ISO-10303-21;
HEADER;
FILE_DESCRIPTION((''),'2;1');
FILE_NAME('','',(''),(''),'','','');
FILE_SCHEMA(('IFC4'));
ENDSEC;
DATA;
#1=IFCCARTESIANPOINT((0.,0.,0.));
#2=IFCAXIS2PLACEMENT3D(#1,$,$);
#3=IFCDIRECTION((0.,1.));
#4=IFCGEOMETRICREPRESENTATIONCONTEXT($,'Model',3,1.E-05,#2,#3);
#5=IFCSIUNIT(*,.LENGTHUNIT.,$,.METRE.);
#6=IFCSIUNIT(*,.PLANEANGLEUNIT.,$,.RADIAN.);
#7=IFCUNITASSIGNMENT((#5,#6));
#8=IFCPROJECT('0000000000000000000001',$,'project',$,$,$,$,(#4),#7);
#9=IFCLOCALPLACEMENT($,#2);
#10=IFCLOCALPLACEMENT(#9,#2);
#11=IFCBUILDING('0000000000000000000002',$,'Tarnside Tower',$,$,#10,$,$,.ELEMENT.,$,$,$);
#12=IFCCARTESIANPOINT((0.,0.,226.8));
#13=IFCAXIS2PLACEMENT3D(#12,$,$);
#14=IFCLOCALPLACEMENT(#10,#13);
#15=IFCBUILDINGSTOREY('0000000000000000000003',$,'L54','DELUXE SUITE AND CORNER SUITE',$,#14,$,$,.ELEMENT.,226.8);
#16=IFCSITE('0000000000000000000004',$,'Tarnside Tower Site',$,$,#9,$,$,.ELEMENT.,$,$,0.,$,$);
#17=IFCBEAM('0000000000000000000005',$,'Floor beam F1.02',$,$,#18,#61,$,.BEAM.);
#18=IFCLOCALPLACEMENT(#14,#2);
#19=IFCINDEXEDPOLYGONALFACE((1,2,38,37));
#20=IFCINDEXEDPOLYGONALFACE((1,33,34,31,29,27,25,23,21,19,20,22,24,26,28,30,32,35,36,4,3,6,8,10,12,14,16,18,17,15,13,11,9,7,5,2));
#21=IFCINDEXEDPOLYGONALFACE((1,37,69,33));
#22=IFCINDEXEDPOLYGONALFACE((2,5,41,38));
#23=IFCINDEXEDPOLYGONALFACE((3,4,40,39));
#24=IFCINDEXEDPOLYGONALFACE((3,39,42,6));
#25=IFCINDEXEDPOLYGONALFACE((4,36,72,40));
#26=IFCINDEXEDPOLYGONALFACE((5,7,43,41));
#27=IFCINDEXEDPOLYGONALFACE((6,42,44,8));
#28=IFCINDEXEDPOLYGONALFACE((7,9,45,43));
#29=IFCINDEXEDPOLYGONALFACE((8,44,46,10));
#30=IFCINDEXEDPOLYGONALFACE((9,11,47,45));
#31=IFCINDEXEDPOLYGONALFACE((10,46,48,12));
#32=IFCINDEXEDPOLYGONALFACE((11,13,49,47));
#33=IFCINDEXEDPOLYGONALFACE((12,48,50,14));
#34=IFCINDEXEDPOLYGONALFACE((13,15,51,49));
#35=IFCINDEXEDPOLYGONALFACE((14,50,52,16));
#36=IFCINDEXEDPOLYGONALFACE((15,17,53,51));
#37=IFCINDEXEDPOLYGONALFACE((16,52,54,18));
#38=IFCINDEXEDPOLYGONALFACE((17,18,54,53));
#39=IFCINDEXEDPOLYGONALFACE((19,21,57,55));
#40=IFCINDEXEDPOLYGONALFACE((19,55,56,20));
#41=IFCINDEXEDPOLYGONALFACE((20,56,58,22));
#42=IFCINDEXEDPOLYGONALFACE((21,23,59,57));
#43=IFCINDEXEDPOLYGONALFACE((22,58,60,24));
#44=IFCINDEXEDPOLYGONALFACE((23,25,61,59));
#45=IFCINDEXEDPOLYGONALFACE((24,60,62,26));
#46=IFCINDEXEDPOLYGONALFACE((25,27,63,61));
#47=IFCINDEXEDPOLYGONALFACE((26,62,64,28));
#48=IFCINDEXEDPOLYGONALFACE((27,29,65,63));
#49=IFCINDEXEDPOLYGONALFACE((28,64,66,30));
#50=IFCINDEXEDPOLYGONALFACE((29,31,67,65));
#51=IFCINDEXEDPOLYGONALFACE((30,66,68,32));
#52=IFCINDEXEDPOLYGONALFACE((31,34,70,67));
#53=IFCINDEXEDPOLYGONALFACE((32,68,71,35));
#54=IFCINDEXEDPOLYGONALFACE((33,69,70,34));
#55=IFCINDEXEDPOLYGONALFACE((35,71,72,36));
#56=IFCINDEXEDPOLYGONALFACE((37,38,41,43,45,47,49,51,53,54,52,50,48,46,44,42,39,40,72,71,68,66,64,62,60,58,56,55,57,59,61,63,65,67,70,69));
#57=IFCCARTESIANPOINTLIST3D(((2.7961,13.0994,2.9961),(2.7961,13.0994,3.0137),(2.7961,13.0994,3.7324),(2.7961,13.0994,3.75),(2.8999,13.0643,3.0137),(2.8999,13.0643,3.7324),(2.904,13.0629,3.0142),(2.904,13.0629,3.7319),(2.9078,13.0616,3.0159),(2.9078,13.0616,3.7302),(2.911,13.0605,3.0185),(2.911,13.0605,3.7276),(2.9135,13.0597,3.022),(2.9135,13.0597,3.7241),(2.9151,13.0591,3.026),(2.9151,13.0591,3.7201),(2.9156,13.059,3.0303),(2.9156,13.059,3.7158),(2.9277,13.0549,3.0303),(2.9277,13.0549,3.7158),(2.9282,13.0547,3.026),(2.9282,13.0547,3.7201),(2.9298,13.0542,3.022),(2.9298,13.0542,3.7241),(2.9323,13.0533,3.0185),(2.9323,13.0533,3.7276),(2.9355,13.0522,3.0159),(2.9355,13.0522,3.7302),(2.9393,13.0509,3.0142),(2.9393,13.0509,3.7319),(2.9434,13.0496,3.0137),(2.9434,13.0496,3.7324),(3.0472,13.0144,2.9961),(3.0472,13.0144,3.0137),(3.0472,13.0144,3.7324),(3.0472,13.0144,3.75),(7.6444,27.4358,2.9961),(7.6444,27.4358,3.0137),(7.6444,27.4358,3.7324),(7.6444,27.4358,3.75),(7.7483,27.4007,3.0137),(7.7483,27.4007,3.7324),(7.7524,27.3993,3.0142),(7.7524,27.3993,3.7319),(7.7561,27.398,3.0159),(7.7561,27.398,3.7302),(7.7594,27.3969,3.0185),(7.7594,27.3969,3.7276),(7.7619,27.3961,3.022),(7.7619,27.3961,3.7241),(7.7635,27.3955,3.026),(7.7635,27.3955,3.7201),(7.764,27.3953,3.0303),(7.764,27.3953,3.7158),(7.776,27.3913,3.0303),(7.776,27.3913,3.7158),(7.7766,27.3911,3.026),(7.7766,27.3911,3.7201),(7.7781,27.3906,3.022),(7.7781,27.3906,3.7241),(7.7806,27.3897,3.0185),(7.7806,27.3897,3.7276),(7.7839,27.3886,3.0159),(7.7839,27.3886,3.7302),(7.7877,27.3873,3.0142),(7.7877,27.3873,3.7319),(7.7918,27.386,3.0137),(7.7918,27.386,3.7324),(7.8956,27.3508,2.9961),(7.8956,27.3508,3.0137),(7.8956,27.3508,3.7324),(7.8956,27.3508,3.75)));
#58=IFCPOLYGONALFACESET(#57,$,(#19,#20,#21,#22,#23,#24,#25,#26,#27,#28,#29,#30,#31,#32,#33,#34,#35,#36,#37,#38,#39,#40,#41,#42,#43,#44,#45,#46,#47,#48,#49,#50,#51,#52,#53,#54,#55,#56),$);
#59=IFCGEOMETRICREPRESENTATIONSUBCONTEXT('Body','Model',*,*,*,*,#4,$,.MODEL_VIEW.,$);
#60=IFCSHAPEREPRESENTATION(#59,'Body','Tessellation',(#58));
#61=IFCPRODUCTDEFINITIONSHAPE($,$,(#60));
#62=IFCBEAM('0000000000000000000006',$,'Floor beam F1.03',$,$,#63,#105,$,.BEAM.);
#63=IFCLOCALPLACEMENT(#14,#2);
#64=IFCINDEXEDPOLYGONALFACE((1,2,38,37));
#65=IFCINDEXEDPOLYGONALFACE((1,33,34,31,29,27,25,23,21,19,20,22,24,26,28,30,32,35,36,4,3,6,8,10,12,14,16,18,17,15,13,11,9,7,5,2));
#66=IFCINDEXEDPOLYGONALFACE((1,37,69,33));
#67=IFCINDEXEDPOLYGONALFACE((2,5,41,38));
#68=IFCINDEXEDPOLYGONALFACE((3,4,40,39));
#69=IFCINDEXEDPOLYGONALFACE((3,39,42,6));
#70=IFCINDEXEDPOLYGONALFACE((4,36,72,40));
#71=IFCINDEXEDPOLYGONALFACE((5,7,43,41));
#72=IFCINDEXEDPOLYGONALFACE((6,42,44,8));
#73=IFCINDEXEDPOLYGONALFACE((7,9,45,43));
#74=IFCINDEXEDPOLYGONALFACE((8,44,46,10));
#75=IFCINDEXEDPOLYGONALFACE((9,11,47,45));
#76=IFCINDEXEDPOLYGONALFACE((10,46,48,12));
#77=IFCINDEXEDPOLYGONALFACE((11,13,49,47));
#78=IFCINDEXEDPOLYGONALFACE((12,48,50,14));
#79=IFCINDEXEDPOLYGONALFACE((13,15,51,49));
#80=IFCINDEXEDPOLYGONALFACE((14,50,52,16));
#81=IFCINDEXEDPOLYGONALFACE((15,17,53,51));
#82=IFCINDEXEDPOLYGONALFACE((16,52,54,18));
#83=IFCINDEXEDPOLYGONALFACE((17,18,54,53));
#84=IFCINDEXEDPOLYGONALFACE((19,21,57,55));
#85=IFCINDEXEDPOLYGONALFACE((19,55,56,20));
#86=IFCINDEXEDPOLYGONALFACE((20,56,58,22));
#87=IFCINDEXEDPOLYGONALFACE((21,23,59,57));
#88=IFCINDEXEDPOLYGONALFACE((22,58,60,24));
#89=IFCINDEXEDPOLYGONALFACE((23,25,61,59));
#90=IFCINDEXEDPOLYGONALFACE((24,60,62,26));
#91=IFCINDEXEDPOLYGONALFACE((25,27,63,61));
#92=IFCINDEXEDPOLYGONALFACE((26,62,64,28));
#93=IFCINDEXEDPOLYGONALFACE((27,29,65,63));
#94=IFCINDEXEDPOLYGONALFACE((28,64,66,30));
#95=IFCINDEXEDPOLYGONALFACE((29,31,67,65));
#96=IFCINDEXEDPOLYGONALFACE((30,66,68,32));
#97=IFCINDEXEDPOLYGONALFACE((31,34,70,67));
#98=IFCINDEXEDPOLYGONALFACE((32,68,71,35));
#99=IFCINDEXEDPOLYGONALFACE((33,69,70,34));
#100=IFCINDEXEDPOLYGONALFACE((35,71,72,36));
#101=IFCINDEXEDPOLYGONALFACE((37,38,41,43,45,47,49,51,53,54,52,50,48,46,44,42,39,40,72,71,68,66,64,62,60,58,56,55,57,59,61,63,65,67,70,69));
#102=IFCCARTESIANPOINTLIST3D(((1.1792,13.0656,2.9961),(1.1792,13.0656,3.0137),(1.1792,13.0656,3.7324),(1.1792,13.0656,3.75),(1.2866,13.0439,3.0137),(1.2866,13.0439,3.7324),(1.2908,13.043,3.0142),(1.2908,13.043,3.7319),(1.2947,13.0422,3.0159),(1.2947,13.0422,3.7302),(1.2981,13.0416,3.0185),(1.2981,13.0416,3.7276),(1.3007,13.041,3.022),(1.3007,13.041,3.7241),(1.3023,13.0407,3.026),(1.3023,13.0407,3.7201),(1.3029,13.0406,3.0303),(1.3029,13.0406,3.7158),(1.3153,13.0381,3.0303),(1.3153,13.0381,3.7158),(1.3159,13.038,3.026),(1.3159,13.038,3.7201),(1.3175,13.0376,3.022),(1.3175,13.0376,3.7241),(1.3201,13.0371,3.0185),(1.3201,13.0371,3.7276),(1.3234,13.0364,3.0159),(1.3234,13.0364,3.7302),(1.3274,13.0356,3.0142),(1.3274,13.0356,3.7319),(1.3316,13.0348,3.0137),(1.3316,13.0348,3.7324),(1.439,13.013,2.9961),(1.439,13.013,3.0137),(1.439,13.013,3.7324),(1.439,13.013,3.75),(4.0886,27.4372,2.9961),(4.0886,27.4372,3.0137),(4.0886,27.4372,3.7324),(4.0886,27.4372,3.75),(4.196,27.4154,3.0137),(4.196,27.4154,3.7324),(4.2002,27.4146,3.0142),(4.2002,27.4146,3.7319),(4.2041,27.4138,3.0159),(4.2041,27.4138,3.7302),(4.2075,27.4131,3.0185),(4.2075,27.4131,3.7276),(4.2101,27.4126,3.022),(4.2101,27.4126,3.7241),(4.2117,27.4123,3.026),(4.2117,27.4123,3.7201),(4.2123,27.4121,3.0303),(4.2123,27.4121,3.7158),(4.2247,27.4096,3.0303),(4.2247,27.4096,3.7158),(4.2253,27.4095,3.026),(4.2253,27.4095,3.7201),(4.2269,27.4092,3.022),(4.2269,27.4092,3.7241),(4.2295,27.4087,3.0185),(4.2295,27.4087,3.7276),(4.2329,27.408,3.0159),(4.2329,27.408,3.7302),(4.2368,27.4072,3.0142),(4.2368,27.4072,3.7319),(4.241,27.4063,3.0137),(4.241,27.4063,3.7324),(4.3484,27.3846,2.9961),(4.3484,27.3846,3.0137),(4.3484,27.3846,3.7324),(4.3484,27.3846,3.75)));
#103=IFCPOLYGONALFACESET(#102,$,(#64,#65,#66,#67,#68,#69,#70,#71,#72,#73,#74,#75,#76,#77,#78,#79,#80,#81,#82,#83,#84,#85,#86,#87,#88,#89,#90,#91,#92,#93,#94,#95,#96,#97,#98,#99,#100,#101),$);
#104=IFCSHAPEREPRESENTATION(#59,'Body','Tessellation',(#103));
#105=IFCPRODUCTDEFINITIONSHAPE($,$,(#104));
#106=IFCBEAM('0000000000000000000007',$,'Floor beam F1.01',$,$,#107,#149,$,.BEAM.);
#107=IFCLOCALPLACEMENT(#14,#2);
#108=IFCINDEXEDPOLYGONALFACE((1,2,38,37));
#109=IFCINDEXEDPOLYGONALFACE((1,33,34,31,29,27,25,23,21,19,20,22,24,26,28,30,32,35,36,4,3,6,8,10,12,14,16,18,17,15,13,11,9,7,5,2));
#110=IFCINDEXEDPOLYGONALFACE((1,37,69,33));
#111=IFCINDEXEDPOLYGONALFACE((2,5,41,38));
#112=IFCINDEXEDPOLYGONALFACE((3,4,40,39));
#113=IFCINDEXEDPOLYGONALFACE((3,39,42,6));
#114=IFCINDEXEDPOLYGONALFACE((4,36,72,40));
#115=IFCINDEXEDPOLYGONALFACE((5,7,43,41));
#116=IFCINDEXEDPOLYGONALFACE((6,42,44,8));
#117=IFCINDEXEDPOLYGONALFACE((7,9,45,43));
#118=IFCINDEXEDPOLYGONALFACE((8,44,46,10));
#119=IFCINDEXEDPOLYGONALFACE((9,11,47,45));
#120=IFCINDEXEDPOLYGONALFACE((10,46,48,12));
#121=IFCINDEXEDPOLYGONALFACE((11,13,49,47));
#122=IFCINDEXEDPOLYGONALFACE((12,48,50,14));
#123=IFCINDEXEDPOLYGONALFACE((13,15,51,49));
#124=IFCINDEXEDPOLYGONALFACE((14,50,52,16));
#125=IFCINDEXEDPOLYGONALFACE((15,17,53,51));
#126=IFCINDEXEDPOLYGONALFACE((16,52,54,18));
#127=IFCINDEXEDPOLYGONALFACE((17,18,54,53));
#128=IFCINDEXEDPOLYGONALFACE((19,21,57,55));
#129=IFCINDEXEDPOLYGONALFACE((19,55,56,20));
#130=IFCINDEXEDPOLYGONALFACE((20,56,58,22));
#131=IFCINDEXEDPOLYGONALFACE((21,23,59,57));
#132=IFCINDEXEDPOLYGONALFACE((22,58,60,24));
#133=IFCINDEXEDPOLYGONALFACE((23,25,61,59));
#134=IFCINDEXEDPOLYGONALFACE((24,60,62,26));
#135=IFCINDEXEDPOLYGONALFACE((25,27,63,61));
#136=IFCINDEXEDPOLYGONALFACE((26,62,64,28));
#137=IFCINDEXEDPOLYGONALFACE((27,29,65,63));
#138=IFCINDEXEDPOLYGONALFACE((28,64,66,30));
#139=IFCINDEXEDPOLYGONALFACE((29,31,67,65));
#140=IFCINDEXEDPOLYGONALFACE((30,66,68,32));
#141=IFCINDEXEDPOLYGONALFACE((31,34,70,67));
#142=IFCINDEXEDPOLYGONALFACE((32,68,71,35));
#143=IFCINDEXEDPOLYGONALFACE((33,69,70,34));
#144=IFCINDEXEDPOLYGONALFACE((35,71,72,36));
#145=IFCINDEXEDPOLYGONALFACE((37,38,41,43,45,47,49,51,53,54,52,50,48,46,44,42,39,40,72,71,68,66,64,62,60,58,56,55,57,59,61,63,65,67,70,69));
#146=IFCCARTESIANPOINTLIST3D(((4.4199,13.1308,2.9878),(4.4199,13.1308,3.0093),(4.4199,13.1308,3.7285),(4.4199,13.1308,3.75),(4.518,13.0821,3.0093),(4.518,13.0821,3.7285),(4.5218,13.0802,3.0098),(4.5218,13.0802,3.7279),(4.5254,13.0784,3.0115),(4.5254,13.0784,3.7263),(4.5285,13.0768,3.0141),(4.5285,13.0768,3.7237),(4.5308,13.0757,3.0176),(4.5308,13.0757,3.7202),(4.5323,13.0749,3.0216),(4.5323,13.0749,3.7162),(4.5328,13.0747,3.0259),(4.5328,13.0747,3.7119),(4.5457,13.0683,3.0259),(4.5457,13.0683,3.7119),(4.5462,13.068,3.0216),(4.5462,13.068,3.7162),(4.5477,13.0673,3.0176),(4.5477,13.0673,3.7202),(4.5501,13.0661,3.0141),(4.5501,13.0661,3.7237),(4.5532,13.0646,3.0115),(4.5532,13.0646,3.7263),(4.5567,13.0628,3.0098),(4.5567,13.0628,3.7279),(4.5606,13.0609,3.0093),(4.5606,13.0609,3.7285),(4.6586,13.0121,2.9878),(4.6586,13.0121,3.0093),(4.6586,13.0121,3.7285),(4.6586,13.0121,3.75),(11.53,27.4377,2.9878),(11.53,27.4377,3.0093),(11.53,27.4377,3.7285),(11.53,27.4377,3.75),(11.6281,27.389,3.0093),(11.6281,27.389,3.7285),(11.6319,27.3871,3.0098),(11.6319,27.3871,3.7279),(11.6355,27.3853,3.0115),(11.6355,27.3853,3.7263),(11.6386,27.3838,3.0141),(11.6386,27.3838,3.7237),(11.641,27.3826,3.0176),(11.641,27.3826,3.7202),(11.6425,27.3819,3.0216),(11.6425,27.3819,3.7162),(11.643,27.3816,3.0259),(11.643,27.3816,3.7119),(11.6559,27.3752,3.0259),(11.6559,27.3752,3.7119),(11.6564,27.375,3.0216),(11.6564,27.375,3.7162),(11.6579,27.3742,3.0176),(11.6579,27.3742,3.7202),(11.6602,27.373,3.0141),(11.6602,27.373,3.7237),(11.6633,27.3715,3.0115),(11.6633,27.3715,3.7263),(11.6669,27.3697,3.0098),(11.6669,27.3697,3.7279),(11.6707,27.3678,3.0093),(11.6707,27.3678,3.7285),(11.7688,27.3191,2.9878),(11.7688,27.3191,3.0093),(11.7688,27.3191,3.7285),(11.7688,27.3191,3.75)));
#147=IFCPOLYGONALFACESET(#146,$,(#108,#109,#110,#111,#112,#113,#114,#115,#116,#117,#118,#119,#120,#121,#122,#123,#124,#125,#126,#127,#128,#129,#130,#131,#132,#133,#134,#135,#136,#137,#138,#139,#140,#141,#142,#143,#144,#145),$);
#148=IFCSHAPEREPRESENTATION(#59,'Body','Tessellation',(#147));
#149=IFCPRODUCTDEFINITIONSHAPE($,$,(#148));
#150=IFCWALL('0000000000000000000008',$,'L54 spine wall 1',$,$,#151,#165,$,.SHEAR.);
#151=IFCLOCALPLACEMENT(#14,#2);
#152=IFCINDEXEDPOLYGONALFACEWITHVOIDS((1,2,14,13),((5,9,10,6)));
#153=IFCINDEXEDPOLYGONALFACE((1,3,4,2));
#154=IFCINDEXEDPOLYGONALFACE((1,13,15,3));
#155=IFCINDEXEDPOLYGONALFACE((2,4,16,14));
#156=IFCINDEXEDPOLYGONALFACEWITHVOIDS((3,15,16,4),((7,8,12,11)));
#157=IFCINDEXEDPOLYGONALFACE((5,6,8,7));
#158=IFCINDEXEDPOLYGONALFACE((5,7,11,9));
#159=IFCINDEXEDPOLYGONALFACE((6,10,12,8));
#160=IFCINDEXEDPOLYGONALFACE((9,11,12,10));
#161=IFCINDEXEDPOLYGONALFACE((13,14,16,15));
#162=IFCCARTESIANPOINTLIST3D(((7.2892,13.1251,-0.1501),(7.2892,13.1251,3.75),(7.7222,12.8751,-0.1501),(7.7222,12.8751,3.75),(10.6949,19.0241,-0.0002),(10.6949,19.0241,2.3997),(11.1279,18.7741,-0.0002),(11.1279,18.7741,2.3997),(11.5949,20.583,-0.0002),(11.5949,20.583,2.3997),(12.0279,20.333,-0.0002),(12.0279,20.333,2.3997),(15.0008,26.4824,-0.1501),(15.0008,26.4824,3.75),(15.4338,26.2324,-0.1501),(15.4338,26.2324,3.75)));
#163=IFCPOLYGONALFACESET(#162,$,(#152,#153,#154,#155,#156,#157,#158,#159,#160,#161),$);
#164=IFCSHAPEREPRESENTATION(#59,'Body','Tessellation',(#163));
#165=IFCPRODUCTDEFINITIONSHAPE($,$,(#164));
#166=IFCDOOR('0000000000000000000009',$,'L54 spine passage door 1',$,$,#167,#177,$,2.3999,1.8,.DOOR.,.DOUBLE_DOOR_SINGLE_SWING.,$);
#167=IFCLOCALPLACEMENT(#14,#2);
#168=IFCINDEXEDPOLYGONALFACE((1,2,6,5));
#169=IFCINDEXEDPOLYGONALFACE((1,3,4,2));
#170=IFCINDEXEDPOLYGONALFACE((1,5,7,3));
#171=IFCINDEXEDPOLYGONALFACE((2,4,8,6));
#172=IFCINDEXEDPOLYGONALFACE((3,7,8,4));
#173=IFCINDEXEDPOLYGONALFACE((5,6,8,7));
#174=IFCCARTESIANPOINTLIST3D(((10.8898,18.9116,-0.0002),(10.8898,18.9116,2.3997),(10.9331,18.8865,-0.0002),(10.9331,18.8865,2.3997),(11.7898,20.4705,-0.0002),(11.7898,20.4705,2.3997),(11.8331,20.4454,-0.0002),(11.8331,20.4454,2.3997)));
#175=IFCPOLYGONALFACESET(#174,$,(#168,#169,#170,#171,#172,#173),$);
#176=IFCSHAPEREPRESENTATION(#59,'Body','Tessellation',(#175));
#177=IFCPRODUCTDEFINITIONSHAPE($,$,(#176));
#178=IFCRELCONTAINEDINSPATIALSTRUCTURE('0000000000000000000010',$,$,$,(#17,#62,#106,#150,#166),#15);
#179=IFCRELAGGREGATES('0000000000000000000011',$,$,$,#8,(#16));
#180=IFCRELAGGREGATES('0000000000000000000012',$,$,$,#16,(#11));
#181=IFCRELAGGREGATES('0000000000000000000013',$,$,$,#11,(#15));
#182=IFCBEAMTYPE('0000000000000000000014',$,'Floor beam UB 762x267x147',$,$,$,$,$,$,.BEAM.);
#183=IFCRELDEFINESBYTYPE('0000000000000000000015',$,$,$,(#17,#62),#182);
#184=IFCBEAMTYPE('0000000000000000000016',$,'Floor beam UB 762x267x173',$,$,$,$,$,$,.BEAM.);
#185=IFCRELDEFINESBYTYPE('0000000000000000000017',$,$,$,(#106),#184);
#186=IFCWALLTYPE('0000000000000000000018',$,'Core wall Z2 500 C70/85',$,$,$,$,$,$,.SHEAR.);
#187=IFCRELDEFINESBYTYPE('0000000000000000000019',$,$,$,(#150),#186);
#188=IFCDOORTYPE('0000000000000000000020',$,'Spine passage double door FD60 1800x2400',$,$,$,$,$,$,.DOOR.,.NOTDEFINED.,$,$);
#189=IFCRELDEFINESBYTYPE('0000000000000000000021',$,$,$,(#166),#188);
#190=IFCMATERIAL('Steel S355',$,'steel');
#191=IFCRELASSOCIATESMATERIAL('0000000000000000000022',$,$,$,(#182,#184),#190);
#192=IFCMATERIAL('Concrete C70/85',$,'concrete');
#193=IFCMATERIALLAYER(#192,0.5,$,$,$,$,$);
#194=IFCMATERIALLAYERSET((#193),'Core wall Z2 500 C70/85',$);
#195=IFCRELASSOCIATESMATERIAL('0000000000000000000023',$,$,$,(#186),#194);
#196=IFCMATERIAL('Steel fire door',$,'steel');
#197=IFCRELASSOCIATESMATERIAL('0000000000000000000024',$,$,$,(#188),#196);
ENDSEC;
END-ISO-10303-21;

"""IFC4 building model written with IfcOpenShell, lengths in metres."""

from ifc_helpers import new_model, si_unit, direction, frame, frame_2d, origin, origin_2d, place, context, subcontext, project, spatial, rectangle, i_section, extrude, material, layer, layer_set, material_profile, profile_set, type_object, element, fill, save


model = new_model("IFC4")

# Units and contexts
model_context = context("Model", 3, precision=1e-05, world=origin(), true_north=direction((0.0, 1.0)))
body_context = subcontext(model_context, "Body", "Model", "MODEL_VIEW")
ifc_project = project(units=[si_unit("LENGTHUNIT", "METRE"), si_unit("PLANEANGLEUNIT", "RADIAN")], contexts=[model_context])

# Site, building, storey
site_placement = place(None, origin())
site = spatial("IfcSite", under=ifc_project, at=site_placement, Name="Tarnside Tower Site", CompositionType="ELEMENT", RefElevation=0.0)
building_placement = place(site_placement, origin())
building = spatial("IfcBuilding", under=site, at=building_placement, Name="Tarnside Tower", CompositionType="ELEMENT")
storey_placement = place(building_placement, frame((0.0, 0.0, 226.8)))
storey = spatial("IfcBuildingStorey", under=building, at=storey_placement, Name="L54", Description="DELUXE SUITE AND CORNER SUITE", CompositionType="ELEMENT", Elevation=226.8)

# Beams
ifc_material_1 = material(Name="Steel S355", Category="steel")
ifc_material_profile_1 = material_profile(ifc_material_1, i_section(OverallWidth=0.2651, OverallDepth=0.7539, WebThickness=0.0127, FlangeThickness=0.0176, FilletRadius=0.0166, at=origin_2d()), Name="UB 762x267x147")
ifc_profile_set_1 = profile_set([ifc_material_profile_1], Name="Steel S355")
beam_type_1 = type_object("IfcBeamType", Name="Floor beam UB 762x267x147", PredefinedType="BEAM", material=ifc_profile_set_1)
beam_1_placement = place(storey_placement, frame((7.77, 27.3933, 3.373), z_axis=(-0.320363, -0.947295, 0.0), x_axis=(0.947295, -0.320363, 0.0)))
element("IfcBeam", 1, at=beam_1_placement, inside=storey, type_object=beam_type_1, Name="Floor beam F1.02", PredefinedType="BEAM", context=body_context, shape_type="SweptSolid", body=[
    extrude(i_section(OverallWidth=0.2651, OverallDepth=0.7539, WebThickness=0.0127, FlangeThickness=0.0176, FilletRadius=0.0166, at=origin_2d()), origin(), (0.0, 0.0, 1.0), 15.134),
])
beam_2_placement = place(storey_placement, frame((4.2185, 27.4109, 3.373), z_axis=(-0.198418, -0.980118, 0.0), x_axis=(0.980118, -0.198418, 0.0)))
element("IfcBeam", 2, at=beam_2_placement, inside=storey, type_object=beam_type_1, Name="Floor beam F1.03", PredefinedType="BEAM", context=body_context, shape_type="SweptSolid", body=[
    extrude(i_section(OverallWidth=0.2651, OverallDepth=0.7539, WebThickness=0.0127, FlangeThickness=0.0176, FilletRadius=0.0166, at=origin_2d()), origin(), (0.0, 0.0, 1.0), 14.6631),
])
ifc_material_profile_2 = material_profile(ifc_material_1, i_section(OverallWidth=0.2666, OverallDepth=0.7622, WebThickness=0.0144, FlangeThickness=0.0215, FilletRadius=0.0166, at=origin_2d()), Name="UB 762x267x173")
ifc_profile_set_2 = profile_set([ifc_material_profile_2], Name="Steel S355")
beam_type_2 = type_object("IfcBeamType", Name="Floor beam UB 762x267x173", PredefinedType="BEAM", material=ifc_profile_set_2)
beam_3_placement = place(storey_placement, frame((11.6494, 27.3784, 3.3689), z_axis=(-0.445042, -0.89551, 0.0), x_axis=(0.89551, -0.445042, 0.0)))
element("IfcBeam", 3, at=beam_3_placement, inside=storey, type_object=beam_type_2, Name="Floor beam F1.01", PredefinedType="BEAM", context=body_context, shape_type="SweptSolid", body=[
    extrude(i_section(OverallWidth=0.2666, OverallDepth=0.7622, WebThickness=0.0144, FlangeThickness=0.0215, FilletRadius=0.0166, at=origin_2d()), origin(), (0.0, 0.0, 1.0), 15.9763),
])

# Wall, opening, door
ifc_material_2 = material(Name="Concrete C70/85", Category="concrete")
ifc_layer_1 = layer(ifc_material_2, 0.5)
ifc_layer_set_1 = layer_set([ifc_layer_1], Name="Core wall Z2 500 C70/85")
wall_type_1 = type_object("IfcWallType", Name="Core wall Z2 500 C70/85", PredefinedType="SHEAR", material=ifc_layer_set_1)
wall_1_placement = place(storey_placement, frame((7.5056, 13.0, -0.1501), z_axis=(0.0, 0.0, 1.0), x_axis=(0.499988, 0.866032, 0.0)))
wall_1 = element("IfcWall", 4, at=wall_1_placement, inside=storey, type_object=wall_type_1, Name="L54 spine wall 1", PredefinedType="SHEAR", context=body_context, shape_type="SweptSolid", body=[
    extrude(rectangle(XDim=15.4236, YDim=0.5, at=frame_2d((7.7119, 0.0))), origin(), (0.0, 0.0, 1.0), 3.9001),
])
opening_1_placement = place(wall_1_placement, frame((6.8118, 0.0, 0.1499)))
opening_1 = element("IfcOpeningElement", 5, at=opening_1_placement, cuts=wall_1, PredefinedType="OPENING", context=body_context, shape_type="SweptSolid", body=[
    extrude(rectangle(XDim=1.8, YDim=2.3999, at=frame_2d((0.8999, 1.2))), frame((0.0, 0.26, 0.0), z_axis=(0.0, -1.0, 0.0), x_axis=(1.0, 0.0, 0.0)), (0.0, 0.0, 1.0), 0.52),
])
ifc_material_3 = material(Name="Steel fire door", Category="steel")
door_type_1 = type_object("IfcDoorType", Name="Spine passage double door FD60 1800x2400", OperationType="NOTDEFINED", PredefinedType="DOOR", material=ifc_material_3)
door_1_placement = place(opening_1_placement, origin())
door_1 = element("IfcDoor", 6, at=door_1_placement, inside=storey, type_object=door_type_1, Name="L54 spine passage door 1", OperationType="DOUBLE_DOOR_SINGLE_SWING", OverallHeight=2.3999, OverallWidth=1.8, PredefinedType="DOOR", context=body_context, shape_type="SweptSolid", body=[
    extrude(rectangle(XDim=1.8, YDim=2.3999, at=frame_2d((0.8999, 1.2))), frame((0.0, 0.0249, 0.0), z_axis=(0.0, -1.0, 0.0), x_axis=(1.0, 0.0, 0.0)), (0.0, 0.0, 1.0), 0.05),
])
fill(opening_1, door_1)

save(model, "model.ifc")
